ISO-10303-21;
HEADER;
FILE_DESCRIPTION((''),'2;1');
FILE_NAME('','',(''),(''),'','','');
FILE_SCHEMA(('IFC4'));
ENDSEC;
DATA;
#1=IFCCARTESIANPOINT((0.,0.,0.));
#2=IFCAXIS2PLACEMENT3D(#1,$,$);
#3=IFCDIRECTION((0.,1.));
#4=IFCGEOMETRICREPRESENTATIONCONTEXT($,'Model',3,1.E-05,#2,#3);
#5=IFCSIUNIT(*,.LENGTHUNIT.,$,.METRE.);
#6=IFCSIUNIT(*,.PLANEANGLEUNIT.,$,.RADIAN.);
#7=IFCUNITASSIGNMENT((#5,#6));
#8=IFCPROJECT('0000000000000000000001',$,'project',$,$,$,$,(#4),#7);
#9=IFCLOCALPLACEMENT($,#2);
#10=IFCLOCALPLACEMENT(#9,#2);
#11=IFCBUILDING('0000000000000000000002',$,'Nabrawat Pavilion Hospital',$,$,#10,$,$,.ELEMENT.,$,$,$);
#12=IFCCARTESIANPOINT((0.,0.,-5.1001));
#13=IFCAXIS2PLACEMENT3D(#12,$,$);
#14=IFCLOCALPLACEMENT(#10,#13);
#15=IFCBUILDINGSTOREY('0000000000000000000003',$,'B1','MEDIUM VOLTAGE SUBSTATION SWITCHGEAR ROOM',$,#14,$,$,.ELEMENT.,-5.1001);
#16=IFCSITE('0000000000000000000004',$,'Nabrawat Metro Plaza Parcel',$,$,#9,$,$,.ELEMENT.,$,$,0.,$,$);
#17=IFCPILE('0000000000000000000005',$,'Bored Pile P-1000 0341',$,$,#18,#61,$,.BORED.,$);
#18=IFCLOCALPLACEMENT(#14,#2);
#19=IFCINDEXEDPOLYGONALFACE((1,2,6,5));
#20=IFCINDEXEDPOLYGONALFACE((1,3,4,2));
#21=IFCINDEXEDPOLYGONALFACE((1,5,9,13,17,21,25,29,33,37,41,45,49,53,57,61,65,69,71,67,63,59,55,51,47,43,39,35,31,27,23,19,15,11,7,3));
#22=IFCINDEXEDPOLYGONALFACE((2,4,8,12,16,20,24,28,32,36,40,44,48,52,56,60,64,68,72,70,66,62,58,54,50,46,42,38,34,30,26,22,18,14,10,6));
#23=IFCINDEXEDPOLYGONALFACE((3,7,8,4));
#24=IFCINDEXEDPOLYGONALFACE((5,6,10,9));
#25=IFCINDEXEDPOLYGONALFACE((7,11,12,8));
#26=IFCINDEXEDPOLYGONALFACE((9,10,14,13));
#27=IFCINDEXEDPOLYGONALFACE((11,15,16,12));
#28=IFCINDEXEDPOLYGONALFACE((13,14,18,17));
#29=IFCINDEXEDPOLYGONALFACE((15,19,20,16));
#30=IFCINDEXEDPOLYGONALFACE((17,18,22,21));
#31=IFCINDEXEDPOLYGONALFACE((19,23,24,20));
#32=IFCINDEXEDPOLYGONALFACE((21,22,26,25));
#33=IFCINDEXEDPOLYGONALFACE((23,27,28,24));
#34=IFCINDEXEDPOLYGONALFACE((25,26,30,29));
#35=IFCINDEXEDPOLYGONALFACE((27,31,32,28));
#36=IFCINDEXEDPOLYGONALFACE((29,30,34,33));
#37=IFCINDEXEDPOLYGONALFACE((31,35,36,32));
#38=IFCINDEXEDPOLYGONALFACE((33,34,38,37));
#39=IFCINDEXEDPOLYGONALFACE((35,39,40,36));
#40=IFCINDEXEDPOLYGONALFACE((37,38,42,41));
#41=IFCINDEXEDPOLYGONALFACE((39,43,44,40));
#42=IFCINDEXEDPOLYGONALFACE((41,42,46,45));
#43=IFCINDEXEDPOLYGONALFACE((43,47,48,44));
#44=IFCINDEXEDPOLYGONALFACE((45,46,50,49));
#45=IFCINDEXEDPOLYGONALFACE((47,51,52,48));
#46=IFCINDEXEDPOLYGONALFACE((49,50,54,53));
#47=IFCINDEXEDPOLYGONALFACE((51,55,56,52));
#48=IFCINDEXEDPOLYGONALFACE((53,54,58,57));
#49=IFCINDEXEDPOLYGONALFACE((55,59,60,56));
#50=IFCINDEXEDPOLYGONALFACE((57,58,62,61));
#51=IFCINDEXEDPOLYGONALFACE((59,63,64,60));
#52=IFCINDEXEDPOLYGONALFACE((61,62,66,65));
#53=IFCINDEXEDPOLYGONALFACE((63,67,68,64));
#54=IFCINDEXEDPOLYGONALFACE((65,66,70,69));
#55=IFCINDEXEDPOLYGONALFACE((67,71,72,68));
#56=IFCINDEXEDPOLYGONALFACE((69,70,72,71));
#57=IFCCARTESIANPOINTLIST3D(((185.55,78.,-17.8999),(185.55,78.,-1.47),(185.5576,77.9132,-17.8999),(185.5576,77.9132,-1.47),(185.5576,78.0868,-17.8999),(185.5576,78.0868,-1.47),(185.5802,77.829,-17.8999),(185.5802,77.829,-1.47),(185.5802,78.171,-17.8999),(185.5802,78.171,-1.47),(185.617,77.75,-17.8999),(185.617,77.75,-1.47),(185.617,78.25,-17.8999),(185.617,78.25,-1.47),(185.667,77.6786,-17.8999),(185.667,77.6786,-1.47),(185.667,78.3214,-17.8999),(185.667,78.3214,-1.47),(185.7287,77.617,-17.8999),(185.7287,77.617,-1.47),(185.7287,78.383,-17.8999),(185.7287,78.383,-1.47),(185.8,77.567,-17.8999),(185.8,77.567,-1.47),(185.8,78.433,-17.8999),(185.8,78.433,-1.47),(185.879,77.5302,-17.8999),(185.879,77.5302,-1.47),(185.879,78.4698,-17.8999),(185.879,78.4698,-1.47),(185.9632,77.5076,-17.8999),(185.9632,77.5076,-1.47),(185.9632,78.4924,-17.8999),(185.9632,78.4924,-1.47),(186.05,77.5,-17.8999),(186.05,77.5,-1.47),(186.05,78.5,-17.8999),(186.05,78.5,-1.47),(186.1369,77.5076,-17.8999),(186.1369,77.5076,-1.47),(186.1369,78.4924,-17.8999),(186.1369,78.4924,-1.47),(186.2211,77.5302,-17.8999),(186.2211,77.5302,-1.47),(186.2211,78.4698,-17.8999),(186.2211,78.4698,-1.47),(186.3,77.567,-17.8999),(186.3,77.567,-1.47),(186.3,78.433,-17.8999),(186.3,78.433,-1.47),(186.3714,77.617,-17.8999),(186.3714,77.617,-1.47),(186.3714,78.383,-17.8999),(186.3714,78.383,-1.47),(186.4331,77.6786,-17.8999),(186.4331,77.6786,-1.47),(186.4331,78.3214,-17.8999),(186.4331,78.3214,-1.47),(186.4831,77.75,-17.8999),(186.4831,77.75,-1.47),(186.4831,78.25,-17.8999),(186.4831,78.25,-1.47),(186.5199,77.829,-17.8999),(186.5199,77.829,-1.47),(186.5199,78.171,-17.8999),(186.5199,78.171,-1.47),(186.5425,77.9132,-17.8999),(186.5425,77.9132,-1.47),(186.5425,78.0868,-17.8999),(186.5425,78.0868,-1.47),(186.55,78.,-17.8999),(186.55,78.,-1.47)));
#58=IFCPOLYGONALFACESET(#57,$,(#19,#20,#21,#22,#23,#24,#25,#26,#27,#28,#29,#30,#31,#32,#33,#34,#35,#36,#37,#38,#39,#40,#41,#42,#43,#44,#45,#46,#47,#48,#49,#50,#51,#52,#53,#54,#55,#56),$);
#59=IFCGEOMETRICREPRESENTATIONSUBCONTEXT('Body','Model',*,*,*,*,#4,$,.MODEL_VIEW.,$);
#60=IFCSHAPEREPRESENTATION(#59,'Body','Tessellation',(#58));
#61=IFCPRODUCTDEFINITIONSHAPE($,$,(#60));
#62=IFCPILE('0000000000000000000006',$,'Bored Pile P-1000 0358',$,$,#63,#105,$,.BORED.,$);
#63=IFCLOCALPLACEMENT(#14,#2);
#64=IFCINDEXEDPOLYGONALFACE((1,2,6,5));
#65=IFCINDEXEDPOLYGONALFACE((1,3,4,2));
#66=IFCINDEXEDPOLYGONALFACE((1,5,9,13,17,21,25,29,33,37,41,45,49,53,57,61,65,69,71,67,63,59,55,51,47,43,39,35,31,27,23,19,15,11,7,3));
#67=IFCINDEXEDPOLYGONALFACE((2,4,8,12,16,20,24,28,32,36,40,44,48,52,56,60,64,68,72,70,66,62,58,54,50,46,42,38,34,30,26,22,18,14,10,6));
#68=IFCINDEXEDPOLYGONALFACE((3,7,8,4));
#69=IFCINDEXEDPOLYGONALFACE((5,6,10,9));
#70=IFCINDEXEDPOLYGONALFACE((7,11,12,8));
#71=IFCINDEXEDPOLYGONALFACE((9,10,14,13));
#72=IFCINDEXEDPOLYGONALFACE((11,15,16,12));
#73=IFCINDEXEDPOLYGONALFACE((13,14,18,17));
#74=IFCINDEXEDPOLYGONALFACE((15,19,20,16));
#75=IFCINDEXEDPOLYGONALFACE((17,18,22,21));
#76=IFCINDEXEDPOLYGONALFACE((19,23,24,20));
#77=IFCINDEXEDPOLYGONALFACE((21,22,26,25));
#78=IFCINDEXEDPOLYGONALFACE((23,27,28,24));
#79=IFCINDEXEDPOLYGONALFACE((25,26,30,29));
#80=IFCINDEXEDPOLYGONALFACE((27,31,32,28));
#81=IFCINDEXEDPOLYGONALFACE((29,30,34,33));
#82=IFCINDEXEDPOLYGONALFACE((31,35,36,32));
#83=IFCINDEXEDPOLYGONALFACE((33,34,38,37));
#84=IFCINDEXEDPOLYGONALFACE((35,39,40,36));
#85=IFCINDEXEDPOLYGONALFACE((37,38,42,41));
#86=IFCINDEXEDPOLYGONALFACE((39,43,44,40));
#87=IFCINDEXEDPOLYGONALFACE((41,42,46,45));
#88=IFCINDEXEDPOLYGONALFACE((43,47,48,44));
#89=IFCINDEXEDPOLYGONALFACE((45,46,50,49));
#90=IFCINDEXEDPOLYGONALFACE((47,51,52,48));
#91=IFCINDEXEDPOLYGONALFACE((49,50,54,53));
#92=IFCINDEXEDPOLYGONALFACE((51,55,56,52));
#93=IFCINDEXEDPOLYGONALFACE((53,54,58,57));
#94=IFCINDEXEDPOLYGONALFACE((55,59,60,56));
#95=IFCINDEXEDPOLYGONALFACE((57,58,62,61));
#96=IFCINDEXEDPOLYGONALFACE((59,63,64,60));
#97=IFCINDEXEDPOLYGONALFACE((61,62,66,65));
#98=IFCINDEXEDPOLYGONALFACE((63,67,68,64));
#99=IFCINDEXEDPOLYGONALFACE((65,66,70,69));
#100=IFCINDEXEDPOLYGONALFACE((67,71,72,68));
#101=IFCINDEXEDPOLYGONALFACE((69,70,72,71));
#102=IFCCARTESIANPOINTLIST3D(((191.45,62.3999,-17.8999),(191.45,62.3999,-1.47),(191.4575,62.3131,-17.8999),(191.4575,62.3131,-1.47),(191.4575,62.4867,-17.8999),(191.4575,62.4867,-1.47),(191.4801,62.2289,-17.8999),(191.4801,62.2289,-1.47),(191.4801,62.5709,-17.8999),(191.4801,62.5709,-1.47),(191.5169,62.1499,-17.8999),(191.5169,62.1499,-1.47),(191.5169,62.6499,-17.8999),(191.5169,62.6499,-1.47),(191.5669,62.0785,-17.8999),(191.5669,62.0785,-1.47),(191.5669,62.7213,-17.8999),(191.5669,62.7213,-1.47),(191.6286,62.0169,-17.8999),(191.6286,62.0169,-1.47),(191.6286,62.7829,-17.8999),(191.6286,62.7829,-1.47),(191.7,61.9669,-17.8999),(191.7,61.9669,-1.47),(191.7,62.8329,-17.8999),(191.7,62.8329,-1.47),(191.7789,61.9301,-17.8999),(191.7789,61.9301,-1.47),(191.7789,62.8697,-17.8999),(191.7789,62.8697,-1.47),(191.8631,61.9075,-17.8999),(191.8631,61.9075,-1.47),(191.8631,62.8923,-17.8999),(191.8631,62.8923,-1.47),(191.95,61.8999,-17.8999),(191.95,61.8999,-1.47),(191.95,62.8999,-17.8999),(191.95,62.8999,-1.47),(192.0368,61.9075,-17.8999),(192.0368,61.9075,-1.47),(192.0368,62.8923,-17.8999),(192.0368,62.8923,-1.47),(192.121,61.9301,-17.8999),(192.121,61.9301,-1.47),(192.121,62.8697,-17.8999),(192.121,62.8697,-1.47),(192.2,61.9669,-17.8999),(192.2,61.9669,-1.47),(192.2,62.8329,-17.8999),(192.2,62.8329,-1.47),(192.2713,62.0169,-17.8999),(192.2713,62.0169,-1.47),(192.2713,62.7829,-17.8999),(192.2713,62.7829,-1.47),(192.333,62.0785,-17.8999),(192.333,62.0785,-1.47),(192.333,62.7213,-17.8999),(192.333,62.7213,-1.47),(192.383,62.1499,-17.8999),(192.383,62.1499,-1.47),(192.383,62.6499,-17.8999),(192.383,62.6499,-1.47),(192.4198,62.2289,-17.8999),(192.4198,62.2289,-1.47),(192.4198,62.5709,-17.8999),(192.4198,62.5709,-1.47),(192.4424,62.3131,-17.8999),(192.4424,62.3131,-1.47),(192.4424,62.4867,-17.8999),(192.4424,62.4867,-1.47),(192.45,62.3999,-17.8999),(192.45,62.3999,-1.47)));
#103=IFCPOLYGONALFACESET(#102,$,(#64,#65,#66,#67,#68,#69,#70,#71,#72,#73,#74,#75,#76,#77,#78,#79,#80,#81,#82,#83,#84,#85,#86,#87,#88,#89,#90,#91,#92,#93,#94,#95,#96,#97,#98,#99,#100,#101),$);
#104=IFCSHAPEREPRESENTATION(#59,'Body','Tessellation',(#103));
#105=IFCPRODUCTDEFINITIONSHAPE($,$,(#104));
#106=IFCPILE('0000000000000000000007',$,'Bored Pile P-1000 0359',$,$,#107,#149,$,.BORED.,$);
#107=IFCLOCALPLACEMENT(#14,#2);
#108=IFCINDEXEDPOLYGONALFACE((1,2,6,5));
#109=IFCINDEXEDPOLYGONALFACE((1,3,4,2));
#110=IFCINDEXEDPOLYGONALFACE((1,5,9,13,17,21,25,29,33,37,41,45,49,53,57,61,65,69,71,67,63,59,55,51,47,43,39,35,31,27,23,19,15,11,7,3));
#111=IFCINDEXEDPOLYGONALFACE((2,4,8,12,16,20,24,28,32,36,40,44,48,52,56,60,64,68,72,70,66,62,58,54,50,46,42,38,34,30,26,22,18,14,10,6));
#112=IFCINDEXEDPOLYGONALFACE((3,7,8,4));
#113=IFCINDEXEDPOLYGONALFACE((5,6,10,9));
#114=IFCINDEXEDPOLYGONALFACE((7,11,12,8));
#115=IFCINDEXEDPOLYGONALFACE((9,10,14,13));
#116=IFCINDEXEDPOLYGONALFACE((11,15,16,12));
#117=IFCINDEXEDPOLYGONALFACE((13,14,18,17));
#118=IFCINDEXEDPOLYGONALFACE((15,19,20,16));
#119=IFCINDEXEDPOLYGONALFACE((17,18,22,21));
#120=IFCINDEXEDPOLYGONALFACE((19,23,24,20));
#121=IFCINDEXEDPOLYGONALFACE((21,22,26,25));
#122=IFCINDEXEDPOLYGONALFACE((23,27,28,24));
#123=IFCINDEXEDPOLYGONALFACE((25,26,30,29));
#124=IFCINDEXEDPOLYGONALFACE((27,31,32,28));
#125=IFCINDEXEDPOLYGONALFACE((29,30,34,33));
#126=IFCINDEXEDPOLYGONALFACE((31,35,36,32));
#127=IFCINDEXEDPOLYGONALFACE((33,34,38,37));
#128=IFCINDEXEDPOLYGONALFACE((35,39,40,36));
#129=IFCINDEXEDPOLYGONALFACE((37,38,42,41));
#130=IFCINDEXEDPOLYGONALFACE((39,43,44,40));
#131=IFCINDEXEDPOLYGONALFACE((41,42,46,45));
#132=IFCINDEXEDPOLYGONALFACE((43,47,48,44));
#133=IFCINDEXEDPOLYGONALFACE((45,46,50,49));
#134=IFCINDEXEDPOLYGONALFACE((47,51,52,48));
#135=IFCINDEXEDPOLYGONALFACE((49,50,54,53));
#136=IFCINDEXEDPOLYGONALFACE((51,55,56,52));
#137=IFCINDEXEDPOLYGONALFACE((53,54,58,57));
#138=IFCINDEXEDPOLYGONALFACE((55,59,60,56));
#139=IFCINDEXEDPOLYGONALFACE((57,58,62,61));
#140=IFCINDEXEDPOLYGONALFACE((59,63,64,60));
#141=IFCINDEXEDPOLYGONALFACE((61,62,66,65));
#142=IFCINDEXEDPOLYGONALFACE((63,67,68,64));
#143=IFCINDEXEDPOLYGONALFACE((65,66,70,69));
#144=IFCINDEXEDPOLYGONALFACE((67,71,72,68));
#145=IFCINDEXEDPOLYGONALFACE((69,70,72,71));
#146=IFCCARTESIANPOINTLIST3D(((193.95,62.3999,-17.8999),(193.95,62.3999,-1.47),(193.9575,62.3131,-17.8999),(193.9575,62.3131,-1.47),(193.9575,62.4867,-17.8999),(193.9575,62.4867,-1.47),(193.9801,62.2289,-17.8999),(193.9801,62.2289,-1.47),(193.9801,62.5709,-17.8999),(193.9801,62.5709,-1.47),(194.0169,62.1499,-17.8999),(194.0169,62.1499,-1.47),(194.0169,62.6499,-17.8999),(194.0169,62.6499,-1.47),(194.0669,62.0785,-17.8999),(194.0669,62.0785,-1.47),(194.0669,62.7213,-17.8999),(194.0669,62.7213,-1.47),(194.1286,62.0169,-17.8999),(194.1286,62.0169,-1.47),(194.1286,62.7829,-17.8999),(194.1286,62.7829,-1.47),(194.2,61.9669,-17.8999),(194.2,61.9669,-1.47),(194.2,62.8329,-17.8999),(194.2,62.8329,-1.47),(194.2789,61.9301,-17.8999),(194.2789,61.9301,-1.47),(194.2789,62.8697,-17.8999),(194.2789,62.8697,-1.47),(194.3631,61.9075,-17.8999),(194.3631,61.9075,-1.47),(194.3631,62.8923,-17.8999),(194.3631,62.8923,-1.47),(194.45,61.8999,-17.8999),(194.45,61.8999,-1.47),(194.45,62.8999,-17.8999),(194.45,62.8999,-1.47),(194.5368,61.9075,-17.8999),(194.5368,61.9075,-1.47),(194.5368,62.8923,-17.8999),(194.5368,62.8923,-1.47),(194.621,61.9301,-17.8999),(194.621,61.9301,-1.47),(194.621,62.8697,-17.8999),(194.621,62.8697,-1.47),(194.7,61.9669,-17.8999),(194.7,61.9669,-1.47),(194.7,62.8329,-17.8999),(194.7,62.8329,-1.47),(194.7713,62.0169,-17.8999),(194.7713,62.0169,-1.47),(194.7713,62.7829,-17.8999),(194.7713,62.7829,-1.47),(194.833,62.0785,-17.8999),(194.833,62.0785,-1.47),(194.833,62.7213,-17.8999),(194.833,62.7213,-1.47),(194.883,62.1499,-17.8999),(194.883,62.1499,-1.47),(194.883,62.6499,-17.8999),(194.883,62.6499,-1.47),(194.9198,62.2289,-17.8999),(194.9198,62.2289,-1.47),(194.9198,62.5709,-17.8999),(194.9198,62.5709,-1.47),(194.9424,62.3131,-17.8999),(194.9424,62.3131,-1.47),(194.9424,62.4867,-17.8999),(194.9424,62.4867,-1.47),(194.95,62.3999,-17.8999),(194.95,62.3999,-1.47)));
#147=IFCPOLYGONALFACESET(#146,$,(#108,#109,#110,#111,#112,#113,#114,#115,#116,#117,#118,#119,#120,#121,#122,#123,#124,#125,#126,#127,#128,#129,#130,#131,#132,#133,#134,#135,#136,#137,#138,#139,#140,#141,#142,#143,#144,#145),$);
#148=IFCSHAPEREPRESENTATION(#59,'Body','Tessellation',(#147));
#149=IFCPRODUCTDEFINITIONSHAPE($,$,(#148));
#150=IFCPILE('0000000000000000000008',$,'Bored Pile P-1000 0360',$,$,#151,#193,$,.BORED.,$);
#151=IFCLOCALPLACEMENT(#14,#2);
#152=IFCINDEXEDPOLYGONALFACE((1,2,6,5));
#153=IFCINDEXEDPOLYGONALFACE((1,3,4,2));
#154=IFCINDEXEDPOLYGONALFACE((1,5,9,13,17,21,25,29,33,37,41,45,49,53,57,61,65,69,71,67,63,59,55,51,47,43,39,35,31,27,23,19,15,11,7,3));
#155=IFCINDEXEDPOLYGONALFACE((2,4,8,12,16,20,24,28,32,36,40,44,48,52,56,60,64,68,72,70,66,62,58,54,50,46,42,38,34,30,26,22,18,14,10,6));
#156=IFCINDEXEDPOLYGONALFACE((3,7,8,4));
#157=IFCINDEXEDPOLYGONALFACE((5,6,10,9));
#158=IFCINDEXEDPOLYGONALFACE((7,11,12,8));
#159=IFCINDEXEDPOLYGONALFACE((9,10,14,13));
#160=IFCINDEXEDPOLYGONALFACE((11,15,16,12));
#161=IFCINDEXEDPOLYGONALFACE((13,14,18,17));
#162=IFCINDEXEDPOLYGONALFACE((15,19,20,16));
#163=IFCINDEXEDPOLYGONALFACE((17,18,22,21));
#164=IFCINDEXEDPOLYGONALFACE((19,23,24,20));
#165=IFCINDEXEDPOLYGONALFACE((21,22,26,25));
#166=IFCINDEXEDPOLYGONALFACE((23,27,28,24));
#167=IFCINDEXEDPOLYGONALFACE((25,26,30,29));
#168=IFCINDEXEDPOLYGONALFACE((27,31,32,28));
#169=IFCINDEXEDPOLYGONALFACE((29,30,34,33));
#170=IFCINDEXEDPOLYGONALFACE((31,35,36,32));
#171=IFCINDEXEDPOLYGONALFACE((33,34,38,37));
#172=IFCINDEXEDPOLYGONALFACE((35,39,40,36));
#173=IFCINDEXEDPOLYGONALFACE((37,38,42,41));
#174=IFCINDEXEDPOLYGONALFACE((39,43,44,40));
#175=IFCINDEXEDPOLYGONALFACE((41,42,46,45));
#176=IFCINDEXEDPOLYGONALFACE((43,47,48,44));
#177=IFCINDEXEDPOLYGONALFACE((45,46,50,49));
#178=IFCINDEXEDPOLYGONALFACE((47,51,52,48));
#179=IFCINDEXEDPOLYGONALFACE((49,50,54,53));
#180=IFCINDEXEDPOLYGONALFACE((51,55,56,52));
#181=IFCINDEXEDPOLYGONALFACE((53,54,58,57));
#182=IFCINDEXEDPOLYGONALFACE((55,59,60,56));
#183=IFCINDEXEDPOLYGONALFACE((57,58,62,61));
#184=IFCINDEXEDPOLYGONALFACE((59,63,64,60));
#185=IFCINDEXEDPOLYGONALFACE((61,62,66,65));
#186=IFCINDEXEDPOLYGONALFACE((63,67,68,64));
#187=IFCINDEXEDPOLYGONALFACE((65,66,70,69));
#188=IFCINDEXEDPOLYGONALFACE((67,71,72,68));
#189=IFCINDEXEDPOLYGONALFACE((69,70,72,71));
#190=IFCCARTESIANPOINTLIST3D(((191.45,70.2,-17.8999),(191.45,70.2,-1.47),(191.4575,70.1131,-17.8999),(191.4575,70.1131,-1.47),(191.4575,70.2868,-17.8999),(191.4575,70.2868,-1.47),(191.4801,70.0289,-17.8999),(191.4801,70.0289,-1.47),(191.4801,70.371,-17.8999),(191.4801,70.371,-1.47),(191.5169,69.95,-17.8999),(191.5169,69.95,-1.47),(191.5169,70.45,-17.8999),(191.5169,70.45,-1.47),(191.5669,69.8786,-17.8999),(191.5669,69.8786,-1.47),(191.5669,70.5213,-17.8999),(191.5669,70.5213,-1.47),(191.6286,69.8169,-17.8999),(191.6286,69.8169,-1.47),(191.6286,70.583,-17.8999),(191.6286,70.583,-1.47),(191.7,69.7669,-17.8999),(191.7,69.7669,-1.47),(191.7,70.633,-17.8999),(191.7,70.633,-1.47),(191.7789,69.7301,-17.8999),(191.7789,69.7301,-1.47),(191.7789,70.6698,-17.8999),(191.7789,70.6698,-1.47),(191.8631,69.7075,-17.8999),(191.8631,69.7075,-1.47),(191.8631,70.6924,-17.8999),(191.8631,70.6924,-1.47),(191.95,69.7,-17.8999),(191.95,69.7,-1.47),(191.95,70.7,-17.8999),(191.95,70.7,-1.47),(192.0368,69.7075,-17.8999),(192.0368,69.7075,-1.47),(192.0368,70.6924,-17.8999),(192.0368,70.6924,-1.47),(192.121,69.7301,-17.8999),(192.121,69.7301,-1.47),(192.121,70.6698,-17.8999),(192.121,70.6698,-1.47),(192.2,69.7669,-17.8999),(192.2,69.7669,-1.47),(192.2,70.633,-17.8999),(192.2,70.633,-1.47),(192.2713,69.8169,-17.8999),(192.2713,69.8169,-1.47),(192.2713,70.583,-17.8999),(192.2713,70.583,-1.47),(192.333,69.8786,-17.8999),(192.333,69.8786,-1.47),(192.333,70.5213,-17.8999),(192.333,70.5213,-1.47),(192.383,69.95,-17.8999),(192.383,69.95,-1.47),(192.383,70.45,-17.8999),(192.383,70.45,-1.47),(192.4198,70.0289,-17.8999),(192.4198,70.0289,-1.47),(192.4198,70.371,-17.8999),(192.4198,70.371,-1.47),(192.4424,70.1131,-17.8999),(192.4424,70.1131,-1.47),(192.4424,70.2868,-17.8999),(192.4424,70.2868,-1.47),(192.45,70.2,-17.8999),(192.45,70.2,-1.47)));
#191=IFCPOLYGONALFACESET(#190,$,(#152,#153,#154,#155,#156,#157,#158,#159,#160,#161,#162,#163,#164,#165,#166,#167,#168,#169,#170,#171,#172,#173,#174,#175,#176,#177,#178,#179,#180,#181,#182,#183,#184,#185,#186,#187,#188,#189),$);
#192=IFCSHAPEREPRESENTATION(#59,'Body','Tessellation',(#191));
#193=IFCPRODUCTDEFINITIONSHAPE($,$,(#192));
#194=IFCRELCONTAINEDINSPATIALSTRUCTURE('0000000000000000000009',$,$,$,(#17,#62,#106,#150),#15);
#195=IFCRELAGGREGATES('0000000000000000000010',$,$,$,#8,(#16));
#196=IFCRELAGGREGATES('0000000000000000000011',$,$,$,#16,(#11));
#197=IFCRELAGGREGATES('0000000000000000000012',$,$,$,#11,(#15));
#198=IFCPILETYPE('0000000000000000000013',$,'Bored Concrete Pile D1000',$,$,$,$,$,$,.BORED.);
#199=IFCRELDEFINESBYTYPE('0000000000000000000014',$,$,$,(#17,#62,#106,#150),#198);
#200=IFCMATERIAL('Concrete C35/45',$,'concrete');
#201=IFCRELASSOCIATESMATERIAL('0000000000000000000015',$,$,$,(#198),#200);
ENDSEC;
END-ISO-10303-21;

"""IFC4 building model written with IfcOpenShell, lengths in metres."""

from ifc_helpers import new_model, si_unit, direction, frame, origin, origin_2d, place, context, subcontext, project, spatial, circle, extrude, material, material_profile, profile_set, type_object, element, save


model = new_model("IFC4")

# Units and contexts
model_context = context("Model", 3, precision=1e-05, world=origin(), true_north=direction((0.0, 1.0)))
body_context = subcontext(model_context, "Body", "Model", "MODEL_VIEW")
ifc_project = project(units=[si_unit("LENGTHUNIT", "METRE"), si_unit("PLANEANGLEUNIT", "RADIAN")], contexts=[model_context])

# Site, building, storey
site_placement = place(None, origin())
site = spatial("IfcSite", under=ifc_project, at=site_placement, Name="Nabrawat Metro Plaza Parcel", CompositionType="ELEMENT", RefElevation=0.0)
building_placement = place(site_placement, origin())
building = spatial("IfcBuilding", under=site, at=building_placement, Name="Nabrawat Pavilion Hospital", CompositionType="ELEMENT")
storey_placement = place(building_placement, frame((0.0, 0.0, -5.1001)))
storey = spatial("IfcBuildingStorey", under=building, at=storey_placement, Name="B1", Description="MEDIUM VOLTAGE SUBSTATION SWITCHGEAR ROOM", CompositionType="ELEMENT", Elevation=-5.1001)

# Piles
ifc_material_1 = material(Name="Concrete C35/45", Category="concrete")
ifc_material_profile_1 = material_profile(ifc_material_1, circle(Radius=0.5, at=origin_2d()), Name="DIA 1000")
ifc_profile_set_1 = profile_set([ifc_material_profile_1], Name="Concrete C35/45")
pile_type = type_object("IfcPileType", Name="Bored Concrete Pile D1000", PredefinedType="BORED", material=ifc_profile_set_1)
for number, where, z_axis, x_axis, name in (
    (1, (186.05, 78.0, -1.47), (0.0, 0.0, -1.0), (1.0, 0.0, 0.0), "Bored Pile P-1000 0341"),
    (2, (191.95, 62.3999, -1.47), (0.0, 0.0, -1.0), (1.0, 0.0, 0.0), "Bored Pile P-1000 0358"),
    (3, (194.45, 62.3999, -1.47), (0.0, 0.0, -1.0), (1.0, 0.0, 0.0), "Bored Pile P-1000 0359"),
    (4, (191.95, 70.2, -1.47), (0.0, 0.0, -1.0), (1.0, 0.0, 0.0), "Bored Pile P-1000 0360"),
):
    element("IfcPile", number, at=place(storey_placement, frame(where, z_axis=z_axis, x_axis=x_axis)), inside=storey, type_object=pile_type, Name=name, PredefinedType="BORED", context=body_context, shape_type="SweptSolid", body=[
        extrude(circle(Radius=0.5, at=origin_2d()), origin(), (0.0, 0.0, 1.0), 16.4299),
    ])

save(model, "model.ifc")
